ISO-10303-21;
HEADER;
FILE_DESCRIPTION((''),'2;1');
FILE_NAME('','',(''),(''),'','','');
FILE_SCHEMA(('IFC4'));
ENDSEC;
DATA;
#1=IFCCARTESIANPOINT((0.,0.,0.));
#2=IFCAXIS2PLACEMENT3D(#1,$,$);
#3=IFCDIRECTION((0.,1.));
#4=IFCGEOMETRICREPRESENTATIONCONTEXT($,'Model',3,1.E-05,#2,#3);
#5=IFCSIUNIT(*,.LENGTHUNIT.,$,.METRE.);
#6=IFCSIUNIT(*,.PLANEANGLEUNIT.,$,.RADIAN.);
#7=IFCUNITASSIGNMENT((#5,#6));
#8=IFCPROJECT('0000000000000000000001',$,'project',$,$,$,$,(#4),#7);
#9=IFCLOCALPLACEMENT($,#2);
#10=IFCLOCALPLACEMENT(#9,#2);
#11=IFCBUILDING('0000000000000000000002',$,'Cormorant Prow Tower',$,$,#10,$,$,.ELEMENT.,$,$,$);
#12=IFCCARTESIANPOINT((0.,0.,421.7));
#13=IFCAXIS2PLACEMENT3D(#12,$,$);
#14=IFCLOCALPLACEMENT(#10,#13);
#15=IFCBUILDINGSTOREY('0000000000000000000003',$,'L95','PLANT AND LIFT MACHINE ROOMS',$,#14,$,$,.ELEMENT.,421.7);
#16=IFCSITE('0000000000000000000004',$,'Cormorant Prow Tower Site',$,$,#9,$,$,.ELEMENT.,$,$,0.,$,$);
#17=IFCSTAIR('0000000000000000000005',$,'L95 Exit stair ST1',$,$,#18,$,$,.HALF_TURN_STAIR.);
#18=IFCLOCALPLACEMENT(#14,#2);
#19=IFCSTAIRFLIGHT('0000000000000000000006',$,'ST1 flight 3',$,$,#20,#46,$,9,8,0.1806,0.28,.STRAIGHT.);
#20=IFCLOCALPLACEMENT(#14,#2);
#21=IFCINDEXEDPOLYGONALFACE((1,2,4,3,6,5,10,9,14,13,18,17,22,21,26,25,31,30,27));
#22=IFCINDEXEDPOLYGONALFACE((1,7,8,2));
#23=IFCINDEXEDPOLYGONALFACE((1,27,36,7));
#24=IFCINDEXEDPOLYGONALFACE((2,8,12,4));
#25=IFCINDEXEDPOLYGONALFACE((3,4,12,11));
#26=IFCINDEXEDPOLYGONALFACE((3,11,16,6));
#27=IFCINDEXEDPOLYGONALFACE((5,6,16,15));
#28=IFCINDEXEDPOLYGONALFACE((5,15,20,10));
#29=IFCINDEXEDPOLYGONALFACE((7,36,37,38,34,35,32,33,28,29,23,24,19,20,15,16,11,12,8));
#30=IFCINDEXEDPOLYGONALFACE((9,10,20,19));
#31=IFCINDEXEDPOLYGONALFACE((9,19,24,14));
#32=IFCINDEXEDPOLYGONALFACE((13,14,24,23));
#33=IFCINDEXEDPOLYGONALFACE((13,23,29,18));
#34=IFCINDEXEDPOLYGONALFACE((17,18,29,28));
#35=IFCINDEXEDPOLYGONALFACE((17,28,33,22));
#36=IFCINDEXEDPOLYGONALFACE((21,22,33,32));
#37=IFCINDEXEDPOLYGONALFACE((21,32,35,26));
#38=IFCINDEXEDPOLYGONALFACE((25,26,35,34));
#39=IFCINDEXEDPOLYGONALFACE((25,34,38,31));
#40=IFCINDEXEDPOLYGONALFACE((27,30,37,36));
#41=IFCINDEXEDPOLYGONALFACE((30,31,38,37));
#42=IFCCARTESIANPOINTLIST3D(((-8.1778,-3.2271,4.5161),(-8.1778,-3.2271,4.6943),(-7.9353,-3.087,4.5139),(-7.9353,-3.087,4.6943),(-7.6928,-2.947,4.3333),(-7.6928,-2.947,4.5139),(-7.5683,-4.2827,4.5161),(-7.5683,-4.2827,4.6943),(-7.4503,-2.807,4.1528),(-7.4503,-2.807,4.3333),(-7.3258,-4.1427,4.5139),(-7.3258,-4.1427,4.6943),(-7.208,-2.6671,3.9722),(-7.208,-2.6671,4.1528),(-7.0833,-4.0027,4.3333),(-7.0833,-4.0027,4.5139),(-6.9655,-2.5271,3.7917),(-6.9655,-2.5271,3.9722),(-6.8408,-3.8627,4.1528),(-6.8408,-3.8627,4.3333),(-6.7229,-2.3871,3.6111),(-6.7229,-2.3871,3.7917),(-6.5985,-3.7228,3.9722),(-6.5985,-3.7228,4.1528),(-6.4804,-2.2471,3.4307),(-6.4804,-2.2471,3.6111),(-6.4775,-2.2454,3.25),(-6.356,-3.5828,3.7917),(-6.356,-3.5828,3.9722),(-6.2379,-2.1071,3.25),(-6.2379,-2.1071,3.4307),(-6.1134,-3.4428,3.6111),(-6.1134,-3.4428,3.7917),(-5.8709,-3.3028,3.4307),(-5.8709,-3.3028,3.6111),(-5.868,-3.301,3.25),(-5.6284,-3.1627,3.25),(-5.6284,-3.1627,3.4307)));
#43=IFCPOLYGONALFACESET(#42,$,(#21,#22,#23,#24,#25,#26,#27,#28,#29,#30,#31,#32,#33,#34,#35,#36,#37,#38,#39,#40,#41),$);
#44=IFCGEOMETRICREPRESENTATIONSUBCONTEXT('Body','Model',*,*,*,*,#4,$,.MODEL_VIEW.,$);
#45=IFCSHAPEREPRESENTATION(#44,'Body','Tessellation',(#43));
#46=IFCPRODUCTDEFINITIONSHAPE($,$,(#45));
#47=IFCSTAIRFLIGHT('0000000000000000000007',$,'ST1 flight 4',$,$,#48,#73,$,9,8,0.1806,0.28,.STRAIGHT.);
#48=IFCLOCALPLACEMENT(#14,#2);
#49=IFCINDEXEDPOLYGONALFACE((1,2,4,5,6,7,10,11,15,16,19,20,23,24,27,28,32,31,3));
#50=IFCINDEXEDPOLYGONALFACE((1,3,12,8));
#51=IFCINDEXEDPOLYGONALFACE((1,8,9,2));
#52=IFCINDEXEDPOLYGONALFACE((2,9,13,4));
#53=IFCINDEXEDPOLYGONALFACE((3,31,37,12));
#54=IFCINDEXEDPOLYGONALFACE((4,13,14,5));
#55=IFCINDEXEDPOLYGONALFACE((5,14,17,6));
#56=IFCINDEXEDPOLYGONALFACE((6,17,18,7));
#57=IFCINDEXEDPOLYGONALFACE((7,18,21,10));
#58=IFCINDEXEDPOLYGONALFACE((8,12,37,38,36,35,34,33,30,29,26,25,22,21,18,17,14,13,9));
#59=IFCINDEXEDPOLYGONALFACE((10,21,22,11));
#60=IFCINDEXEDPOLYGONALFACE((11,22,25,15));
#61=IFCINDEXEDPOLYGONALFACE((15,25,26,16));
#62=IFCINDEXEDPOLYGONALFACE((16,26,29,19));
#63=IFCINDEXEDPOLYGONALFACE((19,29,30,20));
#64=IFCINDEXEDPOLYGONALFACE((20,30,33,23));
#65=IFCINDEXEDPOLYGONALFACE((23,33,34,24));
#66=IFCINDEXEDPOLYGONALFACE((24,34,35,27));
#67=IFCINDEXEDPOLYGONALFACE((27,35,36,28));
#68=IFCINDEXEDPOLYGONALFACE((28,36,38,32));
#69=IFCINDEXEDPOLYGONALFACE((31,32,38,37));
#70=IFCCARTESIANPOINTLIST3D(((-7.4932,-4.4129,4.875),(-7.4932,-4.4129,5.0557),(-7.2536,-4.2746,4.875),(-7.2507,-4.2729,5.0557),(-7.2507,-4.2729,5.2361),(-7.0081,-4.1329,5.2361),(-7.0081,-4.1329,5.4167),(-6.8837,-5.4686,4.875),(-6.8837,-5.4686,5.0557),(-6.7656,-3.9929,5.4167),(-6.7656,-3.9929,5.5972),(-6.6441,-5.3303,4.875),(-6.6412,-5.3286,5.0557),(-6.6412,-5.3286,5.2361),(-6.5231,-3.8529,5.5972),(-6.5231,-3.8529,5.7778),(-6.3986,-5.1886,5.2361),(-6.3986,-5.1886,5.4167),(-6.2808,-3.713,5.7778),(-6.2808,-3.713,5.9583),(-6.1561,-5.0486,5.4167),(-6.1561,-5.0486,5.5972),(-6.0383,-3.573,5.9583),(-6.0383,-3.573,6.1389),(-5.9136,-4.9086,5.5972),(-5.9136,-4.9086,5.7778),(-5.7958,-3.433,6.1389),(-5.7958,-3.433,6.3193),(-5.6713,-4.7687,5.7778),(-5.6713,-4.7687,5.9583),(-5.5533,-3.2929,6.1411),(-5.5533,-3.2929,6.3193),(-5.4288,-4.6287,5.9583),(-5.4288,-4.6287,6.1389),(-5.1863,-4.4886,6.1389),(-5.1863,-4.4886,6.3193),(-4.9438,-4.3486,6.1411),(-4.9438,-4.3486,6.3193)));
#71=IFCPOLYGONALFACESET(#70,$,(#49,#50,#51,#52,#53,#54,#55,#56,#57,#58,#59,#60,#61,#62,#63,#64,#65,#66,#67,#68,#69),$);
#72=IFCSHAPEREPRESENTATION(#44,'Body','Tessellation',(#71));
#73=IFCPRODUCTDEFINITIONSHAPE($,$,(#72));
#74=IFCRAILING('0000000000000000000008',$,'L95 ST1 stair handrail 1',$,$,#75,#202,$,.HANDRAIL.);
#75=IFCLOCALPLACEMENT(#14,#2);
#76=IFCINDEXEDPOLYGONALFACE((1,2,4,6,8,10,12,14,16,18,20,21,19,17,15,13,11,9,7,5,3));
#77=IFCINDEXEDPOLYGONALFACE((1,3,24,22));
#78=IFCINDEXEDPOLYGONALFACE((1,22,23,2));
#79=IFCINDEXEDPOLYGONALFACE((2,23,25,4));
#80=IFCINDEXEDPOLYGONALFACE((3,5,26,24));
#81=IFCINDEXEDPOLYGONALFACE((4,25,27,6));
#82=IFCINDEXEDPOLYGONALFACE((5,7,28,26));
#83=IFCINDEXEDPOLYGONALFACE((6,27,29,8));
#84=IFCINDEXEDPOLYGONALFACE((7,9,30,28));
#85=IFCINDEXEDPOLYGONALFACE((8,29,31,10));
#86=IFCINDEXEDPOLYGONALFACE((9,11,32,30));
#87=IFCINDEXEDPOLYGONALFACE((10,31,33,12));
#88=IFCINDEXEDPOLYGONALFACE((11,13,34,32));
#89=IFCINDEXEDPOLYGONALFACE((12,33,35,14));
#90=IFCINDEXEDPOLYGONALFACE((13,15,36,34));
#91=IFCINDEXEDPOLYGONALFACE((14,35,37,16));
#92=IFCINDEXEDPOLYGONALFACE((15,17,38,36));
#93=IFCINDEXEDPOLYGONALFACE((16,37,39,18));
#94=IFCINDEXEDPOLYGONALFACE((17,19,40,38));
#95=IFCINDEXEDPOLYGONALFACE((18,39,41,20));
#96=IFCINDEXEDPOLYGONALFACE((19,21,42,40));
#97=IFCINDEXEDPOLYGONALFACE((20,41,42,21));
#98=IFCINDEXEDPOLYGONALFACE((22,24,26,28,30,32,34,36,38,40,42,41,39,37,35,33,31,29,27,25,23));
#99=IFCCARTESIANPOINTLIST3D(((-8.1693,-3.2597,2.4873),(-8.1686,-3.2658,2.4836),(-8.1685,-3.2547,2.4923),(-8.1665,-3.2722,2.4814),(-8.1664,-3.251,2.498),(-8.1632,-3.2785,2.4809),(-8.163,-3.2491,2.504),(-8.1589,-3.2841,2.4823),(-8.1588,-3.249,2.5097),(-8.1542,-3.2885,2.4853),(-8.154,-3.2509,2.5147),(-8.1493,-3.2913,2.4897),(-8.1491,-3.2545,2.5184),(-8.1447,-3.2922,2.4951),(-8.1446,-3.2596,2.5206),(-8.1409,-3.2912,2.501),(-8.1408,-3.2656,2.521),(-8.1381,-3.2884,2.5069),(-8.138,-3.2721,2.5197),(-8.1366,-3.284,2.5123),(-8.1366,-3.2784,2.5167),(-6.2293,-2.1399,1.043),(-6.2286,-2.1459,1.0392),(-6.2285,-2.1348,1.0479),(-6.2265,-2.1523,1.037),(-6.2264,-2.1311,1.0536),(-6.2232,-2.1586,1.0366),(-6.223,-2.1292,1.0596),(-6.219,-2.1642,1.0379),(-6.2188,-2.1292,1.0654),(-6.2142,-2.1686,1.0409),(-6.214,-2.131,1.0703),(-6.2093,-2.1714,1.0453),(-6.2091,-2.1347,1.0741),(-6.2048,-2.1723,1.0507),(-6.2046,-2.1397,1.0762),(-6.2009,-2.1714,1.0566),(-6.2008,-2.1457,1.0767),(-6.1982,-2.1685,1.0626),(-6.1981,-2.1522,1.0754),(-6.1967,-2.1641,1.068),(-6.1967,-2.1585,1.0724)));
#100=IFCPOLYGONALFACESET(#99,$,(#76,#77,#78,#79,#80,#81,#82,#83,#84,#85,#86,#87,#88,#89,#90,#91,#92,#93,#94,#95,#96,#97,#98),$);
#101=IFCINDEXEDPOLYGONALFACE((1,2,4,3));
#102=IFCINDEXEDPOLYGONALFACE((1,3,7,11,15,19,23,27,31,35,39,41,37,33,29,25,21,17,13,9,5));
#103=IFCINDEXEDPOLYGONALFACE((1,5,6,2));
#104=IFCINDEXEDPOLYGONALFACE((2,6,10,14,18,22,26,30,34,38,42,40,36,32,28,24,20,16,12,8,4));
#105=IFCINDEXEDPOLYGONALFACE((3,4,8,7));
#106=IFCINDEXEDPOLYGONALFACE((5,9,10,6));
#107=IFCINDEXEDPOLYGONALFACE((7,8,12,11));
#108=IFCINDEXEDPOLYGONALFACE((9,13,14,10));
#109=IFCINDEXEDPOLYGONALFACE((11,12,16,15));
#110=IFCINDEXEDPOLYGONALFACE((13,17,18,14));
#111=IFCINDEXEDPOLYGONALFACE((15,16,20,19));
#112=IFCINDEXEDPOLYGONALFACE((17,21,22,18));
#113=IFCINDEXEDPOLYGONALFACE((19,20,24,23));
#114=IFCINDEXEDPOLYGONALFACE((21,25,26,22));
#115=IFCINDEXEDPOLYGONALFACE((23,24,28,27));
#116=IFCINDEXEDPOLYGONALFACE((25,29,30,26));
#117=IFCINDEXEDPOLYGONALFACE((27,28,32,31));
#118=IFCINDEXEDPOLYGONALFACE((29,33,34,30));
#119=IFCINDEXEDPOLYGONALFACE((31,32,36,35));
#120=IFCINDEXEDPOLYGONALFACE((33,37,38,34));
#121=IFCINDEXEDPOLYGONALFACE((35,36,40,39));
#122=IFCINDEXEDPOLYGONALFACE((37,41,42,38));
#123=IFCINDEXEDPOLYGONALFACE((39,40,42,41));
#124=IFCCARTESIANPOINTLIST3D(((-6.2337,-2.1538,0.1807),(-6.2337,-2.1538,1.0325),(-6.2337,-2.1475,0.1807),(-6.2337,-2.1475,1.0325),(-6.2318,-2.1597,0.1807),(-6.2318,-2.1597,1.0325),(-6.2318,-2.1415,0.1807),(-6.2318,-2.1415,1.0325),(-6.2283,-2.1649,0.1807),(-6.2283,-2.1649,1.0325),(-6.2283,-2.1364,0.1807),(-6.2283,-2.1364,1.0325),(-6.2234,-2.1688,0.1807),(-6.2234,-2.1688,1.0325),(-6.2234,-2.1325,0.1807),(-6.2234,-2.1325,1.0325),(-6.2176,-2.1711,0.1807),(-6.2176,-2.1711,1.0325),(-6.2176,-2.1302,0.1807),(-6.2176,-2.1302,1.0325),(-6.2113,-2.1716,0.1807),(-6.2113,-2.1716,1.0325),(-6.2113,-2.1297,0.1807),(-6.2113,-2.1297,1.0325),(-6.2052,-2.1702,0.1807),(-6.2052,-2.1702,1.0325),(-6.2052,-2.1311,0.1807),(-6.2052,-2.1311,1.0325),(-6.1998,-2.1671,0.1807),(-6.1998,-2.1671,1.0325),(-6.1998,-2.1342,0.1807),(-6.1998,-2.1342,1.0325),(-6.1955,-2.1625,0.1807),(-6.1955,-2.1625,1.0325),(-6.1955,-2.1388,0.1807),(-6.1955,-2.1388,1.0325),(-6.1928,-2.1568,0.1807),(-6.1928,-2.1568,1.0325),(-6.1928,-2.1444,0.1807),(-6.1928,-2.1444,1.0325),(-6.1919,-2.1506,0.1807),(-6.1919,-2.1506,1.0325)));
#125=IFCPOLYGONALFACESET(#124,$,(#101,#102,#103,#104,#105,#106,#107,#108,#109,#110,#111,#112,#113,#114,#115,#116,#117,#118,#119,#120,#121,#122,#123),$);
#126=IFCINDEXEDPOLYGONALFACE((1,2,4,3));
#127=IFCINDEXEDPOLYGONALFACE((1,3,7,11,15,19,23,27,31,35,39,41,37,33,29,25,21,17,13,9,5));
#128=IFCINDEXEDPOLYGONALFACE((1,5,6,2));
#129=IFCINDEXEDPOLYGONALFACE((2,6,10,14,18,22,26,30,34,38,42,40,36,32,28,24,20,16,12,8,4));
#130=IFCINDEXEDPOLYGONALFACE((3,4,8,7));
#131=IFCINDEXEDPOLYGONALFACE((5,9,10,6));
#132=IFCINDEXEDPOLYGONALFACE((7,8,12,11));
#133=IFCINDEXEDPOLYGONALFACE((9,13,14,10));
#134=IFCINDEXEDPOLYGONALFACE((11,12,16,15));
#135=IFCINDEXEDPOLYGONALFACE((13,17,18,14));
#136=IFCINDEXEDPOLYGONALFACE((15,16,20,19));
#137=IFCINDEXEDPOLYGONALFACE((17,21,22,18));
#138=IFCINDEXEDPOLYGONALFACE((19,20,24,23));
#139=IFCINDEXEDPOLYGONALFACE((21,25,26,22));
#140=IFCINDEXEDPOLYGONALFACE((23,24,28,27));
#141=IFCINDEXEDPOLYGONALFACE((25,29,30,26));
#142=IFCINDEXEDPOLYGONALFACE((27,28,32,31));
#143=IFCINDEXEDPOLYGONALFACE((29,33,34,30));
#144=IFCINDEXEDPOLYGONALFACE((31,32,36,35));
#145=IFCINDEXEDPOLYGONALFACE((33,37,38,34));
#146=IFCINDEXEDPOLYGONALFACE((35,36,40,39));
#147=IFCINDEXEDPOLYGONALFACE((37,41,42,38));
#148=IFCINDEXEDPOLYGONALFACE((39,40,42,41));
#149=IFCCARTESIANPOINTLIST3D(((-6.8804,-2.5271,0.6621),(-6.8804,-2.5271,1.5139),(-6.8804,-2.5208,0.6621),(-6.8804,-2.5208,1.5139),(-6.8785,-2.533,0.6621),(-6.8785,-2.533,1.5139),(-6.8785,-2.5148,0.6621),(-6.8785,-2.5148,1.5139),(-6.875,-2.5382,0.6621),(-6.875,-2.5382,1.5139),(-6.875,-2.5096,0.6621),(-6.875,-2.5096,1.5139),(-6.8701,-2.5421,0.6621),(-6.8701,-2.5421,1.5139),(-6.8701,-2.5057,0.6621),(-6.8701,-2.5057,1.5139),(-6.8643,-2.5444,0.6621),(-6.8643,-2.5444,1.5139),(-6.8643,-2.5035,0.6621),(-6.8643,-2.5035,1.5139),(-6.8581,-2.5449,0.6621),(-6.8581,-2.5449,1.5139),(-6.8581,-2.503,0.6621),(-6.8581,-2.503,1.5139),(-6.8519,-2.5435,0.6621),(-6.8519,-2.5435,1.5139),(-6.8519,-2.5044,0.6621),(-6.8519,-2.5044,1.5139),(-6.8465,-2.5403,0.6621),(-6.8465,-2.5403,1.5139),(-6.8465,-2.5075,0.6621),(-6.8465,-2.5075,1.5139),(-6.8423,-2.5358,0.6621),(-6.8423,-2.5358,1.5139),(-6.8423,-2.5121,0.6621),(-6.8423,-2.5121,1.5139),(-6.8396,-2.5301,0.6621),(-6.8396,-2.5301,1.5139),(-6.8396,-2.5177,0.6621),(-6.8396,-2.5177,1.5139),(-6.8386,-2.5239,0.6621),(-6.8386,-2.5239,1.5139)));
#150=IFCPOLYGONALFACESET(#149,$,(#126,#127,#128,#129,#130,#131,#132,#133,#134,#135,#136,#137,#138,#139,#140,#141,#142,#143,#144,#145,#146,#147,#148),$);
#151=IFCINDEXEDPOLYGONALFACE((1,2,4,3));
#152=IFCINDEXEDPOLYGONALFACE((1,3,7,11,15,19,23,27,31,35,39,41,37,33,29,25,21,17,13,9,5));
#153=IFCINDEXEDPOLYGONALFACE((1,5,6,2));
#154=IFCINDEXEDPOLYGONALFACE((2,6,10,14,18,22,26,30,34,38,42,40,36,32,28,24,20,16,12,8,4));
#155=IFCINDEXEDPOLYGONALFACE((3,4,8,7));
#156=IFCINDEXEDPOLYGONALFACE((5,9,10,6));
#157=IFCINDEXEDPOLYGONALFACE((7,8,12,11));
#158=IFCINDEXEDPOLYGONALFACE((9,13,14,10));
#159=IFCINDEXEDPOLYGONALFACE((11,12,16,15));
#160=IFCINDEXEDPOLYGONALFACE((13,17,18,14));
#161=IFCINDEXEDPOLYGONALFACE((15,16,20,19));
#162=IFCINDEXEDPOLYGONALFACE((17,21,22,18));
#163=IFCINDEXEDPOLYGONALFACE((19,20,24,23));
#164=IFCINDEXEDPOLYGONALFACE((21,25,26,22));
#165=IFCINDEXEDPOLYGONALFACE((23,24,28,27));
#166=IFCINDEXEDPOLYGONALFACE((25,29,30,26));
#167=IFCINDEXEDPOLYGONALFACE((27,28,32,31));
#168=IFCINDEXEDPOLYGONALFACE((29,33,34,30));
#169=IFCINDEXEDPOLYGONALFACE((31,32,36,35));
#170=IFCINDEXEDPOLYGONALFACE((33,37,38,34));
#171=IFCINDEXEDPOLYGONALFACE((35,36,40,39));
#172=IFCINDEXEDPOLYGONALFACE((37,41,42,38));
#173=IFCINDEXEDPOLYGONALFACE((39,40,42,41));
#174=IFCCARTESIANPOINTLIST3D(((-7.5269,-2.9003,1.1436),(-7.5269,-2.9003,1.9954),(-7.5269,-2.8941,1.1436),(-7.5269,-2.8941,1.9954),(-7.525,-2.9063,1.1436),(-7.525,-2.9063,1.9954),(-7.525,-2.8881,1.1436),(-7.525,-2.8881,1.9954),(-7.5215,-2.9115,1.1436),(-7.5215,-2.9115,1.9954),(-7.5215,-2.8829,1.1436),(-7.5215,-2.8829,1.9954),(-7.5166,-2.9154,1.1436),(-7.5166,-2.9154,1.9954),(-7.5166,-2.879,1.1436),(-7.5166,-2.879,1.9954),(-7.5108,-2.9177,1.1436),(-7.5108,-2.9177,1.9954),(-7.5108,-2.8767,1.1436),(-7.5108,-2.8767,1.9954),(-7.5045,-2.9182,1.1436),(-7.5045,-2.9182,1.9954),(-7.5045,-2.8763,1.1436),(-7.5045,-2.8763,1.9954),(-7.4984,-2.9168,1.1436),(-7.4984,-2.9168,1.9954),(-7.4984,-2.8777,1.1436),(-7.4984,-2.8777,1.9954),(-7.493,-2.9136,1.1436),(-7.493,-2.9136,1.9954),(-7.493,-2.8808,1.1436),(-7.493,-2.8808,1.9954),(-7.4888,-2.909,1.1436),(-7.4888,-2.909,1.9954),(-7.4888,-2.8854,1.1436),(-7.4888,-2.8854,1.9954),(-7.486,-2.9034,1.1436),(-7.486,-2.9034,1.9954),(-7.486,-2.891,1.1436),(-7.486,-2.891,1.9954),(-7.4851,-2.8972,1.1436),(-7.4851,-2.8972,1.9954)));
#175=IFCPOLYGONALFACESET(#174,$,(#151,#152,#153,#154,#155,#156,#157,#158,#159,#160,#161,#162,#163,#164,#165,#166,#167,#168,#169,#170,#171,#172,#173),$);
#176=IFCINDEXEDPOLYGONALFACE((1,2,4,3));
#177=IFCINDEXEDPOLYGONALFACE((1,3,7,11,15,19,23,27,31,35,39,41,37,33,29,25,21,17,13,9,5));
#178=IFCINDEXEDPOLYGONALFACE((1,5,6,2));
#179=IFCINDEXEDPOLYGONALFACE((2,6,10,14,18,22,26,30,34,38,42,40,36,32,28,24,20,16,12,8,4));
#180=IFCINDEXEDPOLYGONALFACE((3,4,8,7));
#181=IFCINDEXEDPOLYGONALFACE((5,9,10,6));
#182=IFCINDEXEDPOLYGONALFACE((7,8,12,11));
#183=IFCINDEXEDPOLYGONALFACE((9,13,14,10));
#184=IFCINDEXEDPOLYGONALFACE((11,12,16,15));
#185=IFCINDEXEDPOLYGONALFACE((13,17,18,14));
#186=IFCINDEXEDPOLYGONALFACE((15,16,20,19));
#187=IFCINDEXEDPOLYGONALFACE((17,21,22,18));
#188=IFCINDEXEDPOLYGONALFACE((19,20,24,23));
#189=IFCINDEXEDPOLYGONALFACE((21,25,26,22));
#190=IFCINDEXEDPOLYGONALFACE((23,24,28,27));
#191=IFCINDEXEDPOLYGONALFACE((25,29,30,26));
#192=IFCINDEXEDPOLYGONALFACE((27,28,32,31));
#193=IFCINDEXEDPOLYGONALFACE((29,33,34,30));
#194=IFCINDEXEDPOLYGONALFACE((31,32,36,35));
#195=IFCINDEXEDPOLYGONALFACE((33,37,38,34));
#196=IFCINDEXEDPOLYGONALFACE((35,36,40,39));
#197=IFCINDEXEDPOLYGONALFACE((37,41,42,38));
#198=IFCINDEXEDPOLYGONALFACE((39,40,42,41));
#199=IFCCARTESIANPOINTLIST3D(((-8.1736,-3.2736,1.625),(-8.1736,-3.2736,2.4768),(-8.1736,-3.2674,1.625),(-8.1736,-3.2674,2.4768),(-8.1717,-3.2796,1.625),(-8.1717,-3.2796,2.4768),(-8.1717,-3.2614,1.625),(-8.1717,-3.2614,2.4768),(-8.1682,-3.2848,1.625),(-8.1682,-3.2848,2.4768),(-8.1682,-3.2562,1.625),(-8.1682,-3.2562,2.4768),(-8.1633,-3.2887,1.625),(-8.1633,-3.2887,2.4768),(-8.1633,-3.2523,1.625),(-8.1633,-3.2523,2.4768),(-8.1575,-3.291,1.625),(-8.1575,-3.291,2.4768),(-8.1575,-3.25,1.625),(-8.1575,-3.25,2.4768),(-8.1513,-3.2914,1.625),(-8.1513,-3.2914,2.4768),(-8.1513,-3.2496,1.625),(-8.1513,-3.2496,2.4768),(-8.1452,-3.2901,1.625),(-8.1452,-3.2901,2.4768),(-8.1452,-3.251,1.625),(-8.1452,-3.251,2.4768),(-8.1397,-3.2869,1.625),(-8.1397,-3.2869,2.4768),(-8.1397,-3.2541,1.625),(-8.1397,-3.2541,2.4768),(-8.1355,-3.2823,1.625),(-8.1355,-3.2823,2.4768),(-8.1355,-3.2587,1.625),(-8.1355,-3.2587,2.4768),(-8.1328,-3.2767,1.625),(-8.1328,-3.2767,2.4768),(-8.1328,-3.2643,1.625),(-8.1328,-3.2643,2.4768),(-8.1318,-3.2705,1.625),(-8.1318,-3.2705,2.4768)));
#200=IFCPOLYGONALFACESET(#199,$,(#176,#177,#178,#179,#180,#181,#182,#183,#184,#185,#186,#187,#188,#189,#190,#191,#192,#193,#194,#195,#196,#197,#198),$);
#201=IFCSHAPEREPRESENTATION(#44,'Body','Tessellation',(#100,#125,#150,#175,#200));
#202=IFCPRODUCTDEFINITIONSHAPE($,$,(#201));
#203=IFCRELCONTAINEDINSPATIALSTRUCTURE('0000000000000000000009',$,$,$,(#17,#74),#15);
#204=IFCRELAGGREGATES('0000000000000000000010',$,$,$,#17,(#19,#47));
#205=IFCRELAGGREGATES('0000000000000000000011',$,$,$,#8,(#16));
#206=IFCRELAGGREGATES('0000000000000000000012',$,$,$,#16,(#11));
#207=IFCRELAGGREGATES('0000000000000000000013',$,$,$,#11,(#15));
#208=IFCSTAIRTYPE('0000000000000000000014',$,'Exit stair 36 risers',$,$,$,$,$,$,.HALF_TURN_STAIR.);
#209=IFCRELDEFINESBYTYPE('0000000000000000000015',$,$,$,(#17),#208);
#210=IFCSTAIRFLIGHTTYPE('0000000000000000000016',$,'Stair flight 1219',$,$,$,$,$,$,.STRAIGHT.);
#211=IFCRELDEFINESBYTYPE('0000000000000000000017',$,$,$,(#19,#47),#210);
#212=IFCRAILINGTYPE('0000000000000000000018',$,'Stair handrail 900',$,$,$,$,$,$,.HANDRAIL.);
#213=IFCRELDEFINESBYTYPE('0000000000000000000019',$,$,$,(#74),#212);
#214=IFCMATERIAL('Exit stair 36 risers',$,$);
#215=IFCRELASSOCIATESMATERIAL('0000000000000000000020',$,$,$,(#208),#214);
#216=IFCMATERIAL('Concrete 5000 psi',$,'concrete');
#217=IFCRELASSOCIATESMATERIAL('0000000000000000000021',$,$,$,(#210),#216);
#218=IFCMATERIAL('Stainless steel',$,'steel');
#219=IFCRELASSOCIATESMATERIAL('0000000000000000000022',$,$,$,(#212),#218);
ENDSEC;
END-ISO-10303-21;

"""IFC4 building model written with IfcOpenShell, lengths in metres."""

from ifc_helpers import new_model, si_unit, direction, frame, origin, origin_2d, place, context, subcontext, project, spatial, polyline, circle, outline, extrude, material, type_object, element, aggregate, save


model = new_model("IFC4")

# Units and contexts
model_context = context("Model", 3, precision=1e-05, world=origin(), true_north=direction((0.0, 1.0)))
body_context = subcontext(model_context, "Body", "Model", "MODEL_VIEW")
ifc_project = project(units=[si_unit("LENGTHUNIT", "METRE"), si_unit("PLANEANGLEUNIT", "RADIAN")], contexts=[model_context])

# Site, building, storey
site_placement = place(None, origin())
site = spatial("IfcSite", under=ifc_project, at=site_placement, Name="Cormorant Prow Tower Site", CompositionType="ELEMENT", RefElevation=0.0)
building_placement = place(site_placement, origin())
building = spatial("IfcBuilding", under=site, at=building_placement, Name="Cormorant Prow Tower", CompositionType="ELEMENT")
storey_placement = place(building_placement, frame((0.0, 0.0, 421.7)))
storey = spatial("IfcBuildingStorey", under=building, at=storey_placement, Name="L95", Description="PLANT AND LIFT MACHINE ROOMS", CompositionType="ELEMENT", Elevation=421.7)

# Stair, stair flights
ifc_material_1 = material(Name="Exit stair 36 risers")
stair_type = type_object("IfcStairType", Name="Exit stair 36 risers", PredefinedType="HALF_TURN_STAIR", material=ifc_material_1)
stair_placement = place(storey_placement, origin())
stair = element("IfcStair", 1, at=stair_placement, inside=storey, type_object=stair_type, Name="L95 Exit stair ST1", PredefinedType="HALF_TURN_STAIR")
ifc_material_2 = material(Name="Concrete 5000 psi", Category="concrete")
stair_flight_type = type_object("IfcStairFlightType", Name="Stair flight 1219", PredefinedType="STRAIGHT", material=ifc_material_2)
stair_flight_1_placement = place(storey_placement, frame((-5.9331, -2.635, 3.25), z_axis=(0.0, 0.0, 1.0), x_axis=(-0.866025, -0.5, 0.0)))
stair_flight_1 = element("IfcStairFlight", 2, at=stair_flight_1_placement, type_object=stair_flight_type, Name="ST1 flight 3", NumberOfRisers=9, NumberOfTreads=8, PredefinedType="STRAIGHT", RiserHeight=0.1806, TreadLength=0.28, context=body_context, shape_type="SweptSolid", body=[
    extrude(outline(polyline([(0.0, 0.0), (0.0, 0.1807), (0.28, 0.1807), (0.28, 0.3611), (0.5601, 0.3611), (0.5601, 0.5417), (0.8401, 0.5417), (0.8401, 0.7222), (1.1201, 0.7222), (1.1201, 0.9028), (1.3999, 0.9028), (1.3999, 1.0833), (1.6799, 1.0833), (1.6799, 1.2639), (1.96, 1.2639), (1.96, 1.4443), (2.24, 1.4443), (2.24, 1.625), (2.24, 1.2661), (0.2766, 0.0), (0.0, 0.0)])), frame((0.0, 0.6094, 0.0), z_axis=(0.0, -1.0, 0.0), x_axis=(1.0, 0.0, 0.0)), (0.0, 0.0, 1.0), 1.219),
])
stair_flight_2_placement = place(storey_placement, frame((-7.1885, -4.9407, 4.875), z_axis=(0.0, 0.0, 1.0), x_axis=(0.866025, 0.5, 0.0)))
stair_flight_2 = element("IfcStairFlight", 3, at=stair_flight_2_placement, type_object=stair_flight_type, Name="ST1 flight 4", NumberOfRisers=9, NumberOfTreads=8, PredefinedType="STRAIGHT", RiserHeight=0.1806, TreadLength=0.28, context=body_context, shape_type="SweptSolid", body=[
    extrude(outline(polyline([(0.0, 0.0), (0.0, 0.1807), (0.28, 0.1807), (0.28, 0.3611), (0.5601, 0.3611), (0.5601, 0.5417), (0.8401, 0.5417), (0.8401, 0.7222), (1.1201, 0.7222), (1.1201, 0.9028), (1.3999, 0.9028), (1.3999, 1.0833), (1.6799, 1.0833), (1.6799, 1.2639), (1.96, 1.2639), (1.96, 1.4443), (2.24, 1.4443), (2.24, 1.625), (2.24, 1.2661), (0.2766, 0.0), (0.0, 0.0)])), frame((0.0, 0.6094, 0.0), z_axis=(0.0, -1.0, 0.0), x_axis=(1.0, 0.0, 0.0)), (0.0, 0.0, 1.0), 1.219),
])
aggregate(stair, [stair_flight_1, stair_flight_2])

# Railing
ifc_material_3 = material(Name="Stainless steel", Category="steel")
railing_type_1 = type_object("IfcRailingType", Name="Stair handrail 900", PredefinedType="HANDRAIL", material=ifc_material_3)
railing_1_placement = place(storey_placement, frame((-6.2129, -2.1506, 0.1807)))
element("IfcRailing", 4, at=railing_1_placement, inside=storey, type_object=railing_type_1, Name="L95 ST1 stair handrail 1", PredefinedType="HANDRAIL", context=body_context, shape_type="SweptSolid", body=[
    extrude(circle(Radius=0.0239, at=origin_2d()), frame((0.0, 0.0, 0.876), z_axis=(-0.727863, -0.420175, 0.541912), x_axis=(0.499949, -0.866055, 0.0)), (0.0, 0.0, 1.0), 2.6653),
    extrude(circle(Radius=0.021, at=origin_2d()), origin(), (0.0, 0.0, 1.0), 0.8518),
    extrude(circle(Radius=0.021, at=origin_2d()), frame((-0.6467, -0.3733, 0.4814)), (0.0, 0.0, 1.0), 0.8518),
    extrude(circle(Radius=0.021, at=origin_2d()), frame((-1.2932, -0.7466, 0.9629)), (0.0, 0.0, 1.0), 0.8518),
    extrude(circle(Radius=0.021, at=origin_2d()), frame((-1.9399, -1.1199, 1.4443)), (0.0, 0.0, 1.0), 0.8518),
])

save(model, "model.ifc")
